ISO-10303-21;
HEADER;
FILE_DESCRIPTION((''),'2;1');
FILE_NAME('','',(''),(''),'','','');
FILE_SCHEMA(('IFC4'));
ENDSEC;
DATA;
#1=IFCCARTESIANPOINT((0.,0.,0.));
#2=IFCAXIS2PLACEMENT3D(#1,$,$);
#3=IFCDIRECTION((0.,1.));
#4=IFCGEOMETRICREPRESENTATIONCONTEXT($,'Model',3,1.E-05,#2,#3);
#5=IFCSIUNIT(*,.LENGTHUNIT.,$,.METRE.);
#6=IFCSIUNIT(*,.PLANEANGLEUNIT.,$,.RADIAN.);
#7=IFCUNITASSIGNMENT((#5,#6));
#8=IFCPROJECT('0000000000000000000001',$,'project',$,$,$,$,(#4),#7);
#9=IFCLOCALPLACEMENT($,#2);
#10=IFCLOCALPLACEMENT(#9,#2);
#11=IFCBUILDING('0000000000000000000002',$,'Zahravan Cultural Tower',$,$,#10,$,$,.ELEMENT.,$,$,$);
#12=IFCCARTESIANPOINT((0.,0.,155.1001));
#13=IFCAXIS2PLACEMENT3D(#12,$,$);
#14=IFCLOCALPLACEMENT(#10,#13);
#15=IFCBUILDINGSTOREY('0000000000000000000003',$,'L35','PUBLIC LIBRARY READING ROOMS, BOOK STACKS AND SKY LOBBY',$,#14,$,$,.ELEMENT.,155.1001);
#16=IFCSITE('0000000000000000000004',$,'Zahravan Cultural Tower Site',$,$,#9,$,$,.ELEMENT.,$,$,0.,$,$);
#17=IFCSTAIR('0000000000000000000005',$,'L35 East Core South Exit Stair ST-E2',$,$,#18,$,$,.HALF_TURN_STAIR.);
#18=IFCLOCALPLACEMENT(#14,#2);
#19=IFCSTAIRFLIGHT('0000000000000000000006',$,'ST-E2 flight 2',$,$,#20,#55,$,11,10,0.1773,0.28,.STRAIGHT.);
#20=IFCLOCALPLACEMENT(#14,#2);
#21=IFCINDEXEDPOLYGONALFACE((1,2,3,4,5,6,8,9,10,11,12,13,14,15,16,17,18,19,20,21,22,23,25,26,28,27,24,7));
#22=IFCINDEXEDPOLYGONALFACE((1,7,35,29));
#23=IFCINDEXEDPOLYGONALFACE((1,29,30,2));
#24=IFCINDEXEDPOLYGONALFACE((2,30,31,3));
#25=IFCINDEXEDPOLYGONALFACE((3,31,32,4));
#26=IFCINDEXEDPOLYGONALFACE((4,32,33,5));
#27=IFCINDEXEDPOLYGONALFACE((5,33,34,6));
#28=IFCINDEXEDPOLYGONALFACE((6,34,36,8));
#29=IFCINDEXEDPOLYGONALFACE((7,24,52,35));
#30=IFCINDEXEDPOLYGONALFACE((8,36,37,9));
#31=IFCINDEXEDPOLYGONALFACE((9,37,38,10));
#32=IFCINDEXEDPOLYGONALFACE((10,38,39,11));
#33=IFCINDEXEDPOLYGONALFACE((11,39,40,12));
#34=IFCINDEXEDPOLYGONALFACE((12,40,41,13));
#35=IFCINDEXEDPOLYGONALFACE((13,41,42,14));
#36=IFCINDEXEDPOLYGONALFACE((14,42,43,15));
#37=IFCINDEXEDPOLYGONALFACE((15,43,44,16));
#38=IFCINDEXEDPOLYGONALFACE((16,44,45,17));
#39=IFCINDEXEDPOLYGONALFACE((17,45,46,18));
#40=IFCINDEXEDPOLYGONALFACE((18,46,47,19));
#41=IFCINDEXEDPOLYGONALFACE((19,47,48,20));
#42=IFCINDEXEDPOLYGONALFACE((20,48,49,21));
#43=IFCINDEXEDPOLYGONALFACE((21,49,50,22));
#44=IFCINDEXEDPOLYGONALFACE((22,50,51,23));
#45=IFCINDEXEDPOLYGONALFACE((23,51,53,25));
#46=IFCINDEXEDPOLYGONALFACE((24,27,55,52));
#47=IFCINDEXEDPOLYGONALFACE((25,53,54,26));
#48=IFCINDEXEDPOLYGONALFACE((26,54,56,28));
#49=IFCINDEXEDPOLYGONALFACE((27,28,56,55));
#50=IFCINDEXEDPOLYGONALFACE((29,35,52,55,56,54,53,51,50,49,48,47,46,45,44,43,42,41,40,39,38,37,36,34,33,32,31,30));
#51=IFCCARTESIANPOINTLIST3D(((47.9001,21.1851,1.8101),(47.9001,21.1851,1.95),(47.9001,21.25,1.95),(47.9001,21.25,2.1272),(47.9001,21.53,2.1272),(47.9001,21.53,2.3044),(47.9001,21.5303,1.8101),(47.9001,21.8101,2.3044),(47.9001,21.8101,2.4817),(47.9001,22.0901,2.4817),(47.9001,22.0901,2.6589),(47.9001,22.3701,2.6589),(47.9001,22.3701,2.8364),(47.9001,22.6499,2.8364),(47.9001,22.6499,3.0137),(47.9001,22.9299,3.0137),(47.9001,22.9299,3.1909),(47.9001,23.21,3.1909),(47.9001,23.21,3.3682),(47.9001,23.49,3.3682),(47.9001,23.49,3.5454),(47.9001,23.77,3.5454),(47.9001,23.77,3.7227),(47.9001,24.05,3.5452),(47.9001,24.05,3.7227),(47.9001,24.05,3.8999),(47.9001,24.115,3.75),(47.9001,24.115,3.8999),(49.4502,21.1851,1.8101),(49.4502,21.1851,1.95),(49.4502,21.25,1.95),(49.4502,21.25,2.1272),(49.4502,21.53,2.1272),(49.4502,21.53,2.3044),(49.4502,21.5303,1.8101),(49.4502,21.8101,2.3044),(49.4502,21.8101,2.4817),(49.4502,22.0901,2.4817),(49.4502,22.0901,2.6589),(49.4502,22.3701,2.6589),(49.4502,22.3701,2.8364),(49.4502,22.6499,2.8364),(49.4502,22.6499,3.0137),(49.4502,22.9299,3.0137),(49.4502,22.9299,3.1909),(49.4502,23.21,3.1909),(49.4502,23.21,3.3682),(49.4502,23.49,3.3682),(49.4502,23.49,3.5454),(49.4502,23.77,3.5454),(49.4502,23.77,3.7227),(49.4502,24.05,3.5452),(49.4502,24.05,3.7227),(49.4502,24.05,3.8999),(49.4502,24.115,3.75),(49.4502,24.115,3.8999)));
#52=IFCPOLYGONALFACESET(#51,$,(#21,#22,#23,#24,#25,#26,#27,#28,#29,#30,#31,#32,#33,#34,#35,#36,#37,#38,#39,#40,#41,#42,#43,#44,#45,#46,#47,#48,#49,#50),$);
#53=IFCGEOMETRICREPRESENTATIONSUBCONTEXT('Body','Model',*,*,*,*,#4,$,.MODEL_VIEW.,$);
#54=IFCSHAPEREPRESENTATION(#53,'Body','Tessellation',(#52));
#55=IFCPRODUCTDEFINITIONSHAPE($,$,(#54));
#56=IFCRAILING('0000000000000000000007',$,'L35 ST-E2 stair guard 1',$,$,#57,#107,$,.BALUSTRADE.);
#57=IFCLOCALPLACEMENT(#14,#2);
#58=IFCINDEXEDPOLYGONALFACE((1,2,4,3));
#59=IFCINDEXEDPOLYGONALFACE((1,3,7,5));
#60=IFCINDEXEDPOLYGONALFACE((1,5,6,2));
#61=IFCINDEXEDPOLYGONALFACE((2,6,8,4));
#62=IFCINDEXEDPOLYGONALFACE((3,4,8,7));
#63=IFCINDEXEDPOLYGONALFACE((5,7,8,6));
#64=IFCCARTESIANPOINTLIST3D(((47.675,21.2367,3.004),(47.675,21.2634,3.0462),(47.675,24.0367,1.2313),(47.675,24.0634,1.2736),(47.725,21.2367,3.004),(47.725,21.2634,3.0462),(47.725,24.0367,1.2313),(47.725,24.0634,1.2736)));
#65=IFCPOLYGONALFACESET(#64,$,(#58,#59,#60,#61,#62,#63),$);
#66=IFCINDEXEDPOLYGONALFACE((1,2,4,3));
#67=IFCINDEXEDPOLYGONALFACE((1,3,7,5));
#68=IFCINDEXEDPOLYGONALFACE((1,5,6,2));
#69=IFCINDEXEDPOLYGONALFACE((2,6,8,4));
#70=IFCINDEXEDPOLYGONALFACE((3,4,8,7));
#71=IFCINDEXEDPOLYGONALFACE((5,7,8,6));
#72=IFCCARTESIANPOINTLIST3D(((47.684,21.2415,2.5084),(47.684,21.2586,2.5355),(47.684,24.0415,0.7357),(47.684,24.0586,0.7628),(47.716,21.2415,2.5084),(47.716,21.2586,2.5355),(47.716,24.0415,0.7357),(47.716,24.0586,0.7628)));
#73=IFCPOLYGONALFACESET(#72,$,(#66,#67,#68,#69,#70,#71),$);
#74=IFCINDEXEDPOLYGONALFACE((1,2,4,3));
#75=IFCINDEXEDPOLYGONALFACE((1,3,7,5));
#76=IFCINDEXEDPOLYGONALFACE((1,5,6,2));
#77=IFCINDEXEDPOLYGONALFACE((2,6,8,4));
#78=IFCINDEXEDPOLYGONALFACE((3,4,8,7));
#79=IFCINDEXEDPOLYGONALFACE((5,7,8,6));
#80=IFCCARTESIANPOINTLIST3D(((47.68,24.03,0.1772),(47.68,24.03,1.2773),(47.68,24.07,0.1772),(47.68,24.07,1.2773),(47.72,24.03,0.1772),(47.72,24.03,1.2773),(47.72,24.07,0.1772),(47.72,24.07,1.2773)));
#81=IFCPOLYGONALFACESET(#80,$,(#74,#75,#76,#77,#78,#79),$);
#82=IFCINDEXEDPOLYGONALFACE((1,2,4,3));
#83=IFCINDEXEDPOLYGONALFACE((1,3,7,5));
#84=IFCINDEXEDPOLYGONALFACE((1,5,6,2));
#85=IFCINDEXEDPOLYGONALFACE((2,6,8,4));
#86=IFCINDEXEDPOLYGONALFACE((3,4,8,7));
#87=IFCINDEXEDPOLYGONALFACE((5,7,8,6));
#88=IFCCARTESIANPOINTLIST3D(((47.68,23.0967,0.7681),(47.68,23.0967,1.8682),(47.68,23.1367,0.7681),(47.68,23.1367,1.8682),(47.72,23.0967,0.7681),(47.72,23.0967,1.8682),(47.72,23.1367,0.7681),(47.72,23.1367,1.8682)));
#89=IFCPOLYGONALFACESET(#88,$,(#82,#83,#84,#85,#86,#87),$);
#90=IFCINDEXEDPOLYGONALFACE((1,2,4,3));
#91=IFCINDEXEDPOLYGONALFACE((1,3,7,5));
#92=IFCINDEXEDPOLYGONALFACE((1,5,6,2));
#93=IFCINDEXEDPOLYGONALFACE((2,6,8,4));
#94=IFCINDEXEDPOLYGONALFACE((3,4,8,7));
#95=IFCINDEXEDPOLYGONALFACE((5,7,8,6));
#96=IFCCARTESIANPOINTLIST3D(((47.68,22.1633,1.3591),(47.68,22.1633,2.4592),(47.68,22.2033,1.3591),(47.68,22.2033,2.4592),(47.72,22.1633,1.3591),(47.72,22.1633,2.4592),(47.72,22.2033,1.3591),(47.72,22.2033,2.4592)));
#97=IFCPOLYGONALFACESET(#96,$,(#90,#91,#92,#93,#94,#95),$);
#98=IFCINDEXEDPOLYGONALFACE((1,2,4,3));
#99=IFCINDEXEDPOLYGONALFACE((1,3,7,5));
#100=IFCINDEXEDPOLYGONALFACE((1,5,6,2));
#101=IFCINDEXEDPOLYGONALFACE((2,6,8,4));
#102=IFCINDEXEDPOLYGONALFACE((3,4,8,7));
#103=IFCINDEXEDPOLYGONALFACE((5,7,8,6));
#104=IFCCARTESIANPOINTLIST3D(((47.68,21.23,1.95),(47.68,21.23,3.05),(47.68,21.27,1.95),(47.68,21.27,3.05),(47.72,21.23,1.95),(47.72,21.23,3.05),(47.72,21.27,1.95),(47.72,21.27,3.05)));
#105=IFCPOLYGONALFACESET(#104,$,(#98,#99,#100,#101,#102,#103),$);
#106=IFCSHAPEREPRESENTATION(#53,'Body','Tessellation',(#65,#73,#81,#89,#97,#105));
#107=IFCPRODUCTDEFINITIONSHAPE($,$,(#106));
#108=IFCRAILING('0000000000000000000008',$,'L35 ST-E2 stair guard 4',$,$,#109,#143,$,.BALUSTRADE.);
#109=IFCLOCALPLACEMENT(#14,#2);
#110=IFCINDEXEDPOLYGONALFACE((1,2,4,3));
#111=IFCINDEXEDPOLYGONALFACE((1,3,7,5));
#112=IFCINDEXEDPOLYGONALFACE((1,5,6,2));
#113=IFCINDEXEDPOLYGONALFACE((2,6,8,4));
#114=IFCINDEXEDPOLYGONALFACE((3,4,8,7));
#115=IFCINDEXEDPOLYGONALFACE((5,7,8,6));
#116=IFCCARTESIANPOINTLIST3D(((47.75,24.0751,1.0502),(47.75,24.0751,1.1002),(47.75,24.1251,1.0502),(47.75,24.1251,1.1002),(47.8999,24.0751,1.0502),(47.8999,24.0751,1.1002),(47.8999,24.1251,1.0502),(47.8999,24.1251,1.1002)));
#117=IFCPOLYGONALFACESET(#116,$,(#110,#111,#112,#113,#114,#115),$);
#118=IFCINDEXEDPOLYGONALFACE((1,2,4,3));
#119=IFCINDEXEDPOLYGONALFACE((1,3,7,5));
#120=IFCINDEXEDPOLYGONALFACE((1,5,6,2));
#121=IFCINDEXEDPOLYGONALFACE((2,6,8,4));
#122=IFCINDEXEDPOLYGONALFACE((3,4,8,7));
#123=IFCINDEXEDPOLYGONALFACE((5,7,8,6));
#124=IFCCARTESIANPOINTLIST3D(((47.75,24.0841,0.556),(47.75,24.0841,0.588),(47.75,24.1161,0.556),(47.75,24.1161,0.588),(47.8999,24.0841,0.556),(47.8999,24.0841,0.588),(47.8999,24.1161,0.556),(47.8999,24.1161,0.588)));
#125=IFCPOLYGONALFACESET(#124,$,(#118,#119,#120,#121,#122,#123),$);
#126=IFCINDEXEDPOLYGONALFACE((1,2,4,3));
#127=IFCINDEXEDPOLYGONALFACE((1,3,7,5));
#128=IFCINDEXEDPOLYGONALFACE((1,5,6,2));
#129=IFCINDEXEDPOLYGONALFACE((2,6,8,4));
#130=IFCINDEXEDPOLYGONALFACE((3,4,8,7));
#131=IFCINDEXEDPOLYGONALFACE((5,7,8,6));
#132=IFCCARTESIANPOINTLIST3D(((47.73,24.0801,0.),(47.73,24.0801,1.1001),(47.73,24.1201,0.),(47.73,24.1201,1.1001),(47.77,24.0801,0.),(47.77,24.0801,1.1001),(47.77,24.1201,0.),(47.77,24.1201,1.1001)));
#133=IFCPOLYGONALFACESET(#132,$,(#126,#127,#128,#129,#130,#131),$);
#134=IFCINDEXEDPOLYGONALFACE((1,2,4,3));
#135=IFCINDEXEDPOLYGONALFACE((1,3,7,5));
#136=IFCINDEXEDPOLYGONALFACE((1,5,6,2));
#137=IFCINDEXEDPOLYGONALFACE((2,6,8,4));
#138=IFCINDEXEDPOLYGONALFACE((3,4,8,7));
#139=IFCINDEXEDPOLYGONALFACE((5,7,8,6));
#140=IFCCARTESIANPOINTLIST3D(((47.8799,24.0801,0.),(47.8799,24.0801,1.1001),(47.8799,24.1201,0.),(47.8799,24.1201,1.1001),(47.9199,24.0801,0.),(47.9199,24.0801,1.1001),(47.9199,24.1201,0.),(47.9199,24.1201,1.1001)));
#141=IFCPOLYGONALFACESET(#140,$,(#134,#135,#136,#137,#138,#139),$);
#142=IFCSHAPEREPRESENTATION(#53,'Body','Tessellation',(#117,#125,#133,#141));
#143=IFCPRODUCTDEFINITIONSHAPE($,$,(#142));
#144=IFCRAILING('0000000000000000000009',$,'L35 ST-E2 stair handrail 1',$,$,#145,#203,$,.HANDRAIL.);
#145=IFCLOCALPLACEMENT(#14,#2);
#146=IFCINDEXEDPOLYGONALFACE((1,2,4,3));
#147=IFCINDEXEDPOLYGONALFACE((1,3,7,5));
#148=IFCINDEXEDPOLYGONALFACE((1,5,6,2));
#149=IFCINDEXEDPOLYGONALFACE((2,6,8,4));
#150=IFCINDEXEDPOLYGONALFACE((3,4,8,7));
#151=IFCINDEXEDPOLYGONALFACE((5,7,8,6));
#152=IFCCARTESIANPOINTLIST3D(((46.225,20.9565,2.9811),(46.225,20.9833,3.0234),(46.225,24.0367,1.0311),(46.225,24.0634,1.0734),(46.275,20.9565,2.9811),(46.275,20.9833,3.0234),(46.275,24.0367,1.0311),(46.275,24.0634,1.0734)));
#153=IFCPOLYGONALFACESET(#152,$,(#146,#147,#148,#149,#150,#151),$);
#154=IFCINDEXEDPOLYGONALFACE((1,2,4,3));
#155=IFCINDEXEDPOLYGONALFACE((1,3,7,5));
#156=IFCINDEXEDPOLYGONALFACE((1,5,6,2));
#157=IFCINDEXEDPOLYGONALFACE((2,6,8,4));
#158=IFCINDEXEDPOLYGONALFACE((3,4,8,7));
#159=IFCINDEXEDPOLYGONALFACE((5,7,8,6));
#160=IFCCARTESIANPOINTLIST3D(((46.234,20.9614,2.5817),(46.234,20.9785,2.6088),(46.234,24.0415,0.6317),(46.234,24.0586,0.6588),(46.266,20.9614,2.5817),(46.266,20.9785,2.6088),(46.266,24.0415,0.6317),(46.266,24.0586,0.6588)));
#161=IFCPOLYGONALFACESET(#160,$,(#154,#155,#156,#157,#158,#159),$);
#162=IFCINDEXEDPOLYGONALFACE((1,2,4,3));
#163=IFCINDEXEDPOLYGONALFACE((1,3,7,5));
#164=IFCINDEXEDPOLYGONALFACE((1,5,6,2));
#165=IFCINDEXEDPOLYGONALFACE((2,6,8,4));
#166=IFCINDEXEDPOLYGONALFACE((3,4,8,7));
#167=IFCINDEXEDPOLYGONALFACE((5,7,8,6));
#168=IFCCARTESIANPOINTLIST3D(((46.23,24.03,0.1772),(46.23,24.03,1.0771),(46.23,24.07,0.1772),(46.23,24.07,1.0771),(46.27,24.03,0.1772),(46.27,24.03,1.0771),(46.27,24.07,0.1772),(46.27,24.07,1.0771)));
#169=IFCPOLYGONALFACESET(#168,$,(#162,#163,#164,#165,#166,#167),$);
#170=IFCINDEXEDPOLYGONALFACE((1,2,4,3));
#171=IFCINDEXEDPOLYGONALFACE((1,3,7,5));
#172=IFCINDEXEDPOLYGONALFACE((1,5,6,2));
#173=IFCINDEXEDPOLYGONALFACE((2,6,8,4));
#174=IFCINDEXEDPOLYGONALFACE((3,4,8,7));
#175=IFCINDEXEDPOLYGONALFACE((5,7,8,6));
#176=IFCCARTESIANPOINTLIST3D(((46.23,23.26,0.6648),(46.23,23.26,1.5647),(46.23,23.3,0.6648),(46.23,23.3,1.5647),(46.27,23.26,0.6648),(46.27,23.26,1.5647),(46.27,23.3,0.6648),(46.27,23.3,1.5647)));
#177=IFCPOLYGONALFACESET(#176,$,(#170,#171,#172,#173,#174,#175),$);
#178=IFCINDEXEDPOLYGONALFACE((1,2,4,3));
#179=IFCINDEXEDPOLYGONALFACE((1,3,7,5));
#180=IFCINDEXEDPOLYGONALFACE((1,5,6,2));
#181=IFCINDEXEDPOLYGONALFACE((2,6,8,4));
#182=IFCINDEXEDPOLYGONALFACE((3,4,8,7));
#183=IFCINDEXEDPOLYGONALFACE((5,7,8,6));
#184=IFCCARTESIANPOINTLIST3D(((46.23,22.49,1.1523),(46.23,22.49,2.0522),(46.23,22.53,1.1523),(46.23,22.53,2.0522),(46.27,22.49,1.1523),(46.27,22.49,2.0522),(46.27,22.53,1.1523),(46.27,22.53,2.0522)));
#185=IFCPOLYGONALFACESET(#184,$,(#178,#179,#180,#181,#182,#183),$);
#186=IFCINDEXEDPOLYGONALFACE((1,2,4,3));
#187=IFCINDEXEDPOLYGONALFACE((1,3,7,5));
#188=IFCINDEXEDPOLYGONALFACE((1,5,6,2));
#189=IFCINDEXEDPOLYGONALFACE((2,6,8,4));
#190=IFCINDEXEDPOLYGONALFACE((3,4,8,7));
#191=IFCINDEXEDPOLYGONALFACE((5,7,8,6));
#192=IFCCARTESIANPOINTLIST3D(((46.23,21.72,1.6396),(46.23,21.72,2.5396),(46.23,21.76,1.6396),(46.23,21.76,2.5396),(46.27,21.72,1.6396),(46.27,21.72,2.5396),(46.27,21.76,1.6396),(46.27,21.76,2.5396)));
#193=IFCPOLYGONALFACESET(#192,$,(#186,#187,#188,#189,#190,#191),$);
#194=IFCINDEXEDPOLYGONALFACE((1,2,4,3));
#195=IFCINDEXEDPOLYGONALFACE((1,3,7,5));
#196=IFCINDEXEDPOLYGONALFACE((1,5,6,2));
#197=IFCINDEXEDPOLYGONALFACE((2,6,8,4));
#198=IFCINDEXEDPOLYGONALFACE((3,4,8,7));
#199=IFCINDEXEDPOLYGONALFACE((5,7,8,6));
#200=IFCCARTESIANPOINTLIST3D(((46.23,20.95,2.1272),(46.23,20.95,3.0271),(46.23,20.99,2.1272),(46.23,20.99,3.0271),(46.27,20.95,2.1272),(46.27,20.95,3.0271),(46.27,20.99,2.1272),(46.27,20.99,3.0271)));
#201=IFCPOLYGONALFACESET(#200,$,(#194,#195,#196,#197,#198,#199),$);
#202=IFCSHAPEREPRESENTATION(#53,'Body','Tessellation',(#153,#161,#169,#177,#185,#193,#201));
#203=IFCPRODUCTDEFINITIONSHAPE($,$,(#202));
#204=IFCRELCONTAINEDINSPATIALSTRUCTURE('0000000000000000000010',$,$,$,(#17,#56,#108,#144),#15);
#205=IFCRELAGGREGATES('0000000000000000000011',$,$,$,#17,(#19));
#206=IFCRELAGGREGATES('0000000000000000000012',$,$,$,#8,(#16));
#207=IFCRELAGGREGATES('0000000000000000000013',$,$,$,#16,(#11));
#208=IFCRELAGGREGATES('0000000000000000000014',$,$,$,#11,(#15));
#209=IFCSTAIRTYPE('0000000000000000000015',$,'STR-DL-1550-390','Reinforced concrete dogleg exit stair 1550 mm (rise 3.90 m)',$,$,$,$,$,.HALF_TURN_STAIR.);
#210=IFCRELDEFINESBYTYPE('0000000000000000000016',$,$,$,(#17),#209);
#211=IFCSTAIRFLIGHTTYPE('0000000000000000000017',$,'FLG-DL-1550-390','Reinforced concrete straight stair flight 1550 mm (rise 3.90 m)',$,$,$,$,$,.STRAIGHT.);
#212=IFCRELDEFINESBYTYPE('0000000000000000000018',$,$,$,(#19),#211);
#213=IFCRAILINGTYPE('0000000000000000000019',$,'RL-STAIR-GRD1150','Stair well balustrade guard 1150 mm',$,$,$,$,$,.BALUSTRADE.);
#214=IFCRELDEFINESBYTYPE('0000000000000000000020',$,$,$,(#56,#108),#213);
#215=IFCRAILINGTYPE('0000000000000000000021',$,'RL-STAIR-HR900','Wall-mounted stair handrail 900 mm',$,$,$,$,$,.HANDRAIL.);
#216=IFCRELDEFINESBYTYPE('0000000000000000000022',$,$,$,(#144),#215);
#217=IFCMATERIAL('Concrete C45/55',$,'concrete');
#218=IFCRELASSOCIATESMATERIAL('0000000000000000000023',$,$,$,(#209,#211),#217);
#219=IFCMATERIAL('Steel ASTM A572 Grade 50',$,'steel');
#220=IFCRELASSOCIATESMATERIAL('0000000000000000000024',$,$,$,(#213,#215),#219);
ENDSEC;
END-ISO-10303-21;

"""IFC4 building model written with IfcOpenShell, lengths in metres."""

from ifc_helpers import new_model, si_unit, direction, frame, origin, origin_2d, place, context, subcontext, project, spatial, polyline, rectangle, outline, extrude, material, type_object, element, aggregate, save


model = new_model("IFC4")

# Units and contexts
model_context = context("Model", 3, precision=1e-05, world=origin(), true_north=direction((0.0, 1.0)))
body_context = subcontext(model_context, "Body", "Model", "MODEL_VIEW")
ifc_project = project(units=[si_unit("LENGTHUNIT", "METRE"), si_unit("PLANEANGLEUNIT", "RADIAN")], contexts=[model_context])

# Site, building, storey
site_placement = place(None, origin())
site = spatial("IfcSite", under=ifc_project, at=site_placement, Name="Zahravan Cultural Tower Site", CompositionType="ELEMENT", RefElevation=0.0)
building_placement = place(site_placement, origin())
building = spatial("IfcBuilding", under=site, at=building_placement, Name="Zahravan Cultural Tower", CompositionType="ELEMENT")
storey_placement = place(building_placement, frame((0.0, 0.0, 155.1001)))
storey = spatial("IfcBuildingStorey", under=building, at=storey_placement, Name="L35", Description="PUBLIC LIBRARY READING ROOMS, BOOK STACKS AND SKY LOBBY", CompositionType="ELEMENT", Elevation=155.1001)

# Shared definitions
ifc_material_1 = material(Name="Concrete C45/55", Category="concrete")

# Stair, stair flight
stair_type = type_object("IfcStairType", Name="STR-DL-1550-390", Description="Reinforced concrete dogleg exit stair 1550 mm (rise 3.90 m)", PredefinedType="HALF_TURN_STAIR", material=ifc_material_1)
stair_placement = place(storey_placement, origin())
stair = element("IfcStair", 1, at=stair_placement, inside=storey, type_object=stair_type, Name="L35 East Core South Exit Stair ST-E2", PredefinedType="HALF_TURN_STAIR")
stair_flight_type = type_object("IfcStairFlightType", Name="FLG-DL-1550-390", Description="Reinforced concrete straight stair flight 1550 mm (rise 3.90 m)", PredefinedType="STRAIGHT", material=ifc_material_1)
stair_flight_1_placement = place(storey_placement, frame((48.675, 21.25, 1.95), z_axis=(0.0, 0.0, 1.0), x_axis=(0.0, 1.0, 0.0)))
stair_flight_1 = element("IfcStairFlight", 2, at=stair_flight_1_placement, type_object=stair_flight_type, Name="ST-E2 flight 2", NumberOfRisers=11, NumberOfTreads=10, PredefinedType="STRAIGHT", RiserHeight=0.1773, TreadLength=0.28, context=body_context, shape_type="SweptSolid", body=[
    extrude(outline(polyline([(-0.0649, -0.1399), (-0.0649, 0.0), (0.0, 0.0), (0.0, 0.1772), (0.28, 0.1772), (0.28, 0.3545), (0.5601, 0.3545), (0.5601, 0.5317), (0.8401, 0.5317), (0.8401, 0.709), (1.1201, 0.709), (1.1201, 0.8865), (1.3999, 0.8865), (1.3999, 1.0637), (1.6799, 1.0637), (1.6799, 1.241), (1.96, 1.241), (1.96, 1.4182), (2.24, 1.4182), (2.24, 1.5955), (2.52, 1.5955), (2.52, 1.7727), (2.8, 1.7727), (2.8, 1.95), (2.865, 1.95), (2.865, 1.8), (2.8, 1.5952), (0.2803, -0.1399), (-0.0649, -0.1399)])), frame((0.0, 0.7749, 0.0), z_axis=(0.0, -1.0, 0.0), x_axis=(1.0, 0.0, 0.0)), (0.0, 0.0, 1.0), 1.55),
])
aggregate(stair, [stair_flight_1])

# Railings
ifc_material_2 = material(Name="Steel ASTM A572 Grade 50", Category="steel")
railing_type_1 = type_object("IfcRailingType", Name="RL-STAIR-GRD1150", Description="Stair well balustrade guard 1150 mm", PredefinedType="BALUSTRADE", material=ifc_material_2)
railing_1_placement = place(storey_placement, frame((47.7, 24.05, 0.1772)))
element("IfcRailing", 3, at=railing_1_placement, inside=storey, type_object=railing_type_1, Name="L35 ST-E2 stair guard 1", PredefinedType="BALUSTRADE", context=body_context, shape_type="SweptSolid", body=[
    extrude(rectangle(XDim=0.05, YDim=0.05, at=origin_2d()), frame((0.0, 0.0, 1.0752), z_axis=(0.0, -0.844909, 0.53491), x_axis=(1.0, 0.0, 0.0)), (0.0, 0.0, 1.0), 3.314),
    extrude(rectangle(XDim=0.032, YDim=0.032, at=origin_2d()), frame((0.0, 0.0, 0.572), z_axis=(0.0, -0.844909, 0.53491), x_axis=(1.0, 0.0, 0.0)), (0.0, 0.0, 1.0), 3.314),
    extrude(rectangle(XDim=0.04, YDim=0.04, at=origin_2d()), origin(), (0.0, 0.0, 1.0), 1.1001),
    extrude(rectangle(XDim=0.04, YDim=0.04, at=origin_2d()), frame((0.0, -0.9333, 0.5908)), (0.0, 0.0, 1.0), 1.1001),
    extrude(rectangle(XDim=0.04, YDim=0.04, at=origin_2d()), frame((0.0, -1.8667, 1.1819)), (0.0, 0.0, 1.0), 1.1001),
    extrude(rectangle(XDim=0.04, YDim=0.04, at=origin_2d()), frame((0.0, -2.8, 1.7727)), (0.0, 0.0, 1.0), 1.1001),
])
railing_2_placement = place(storey_placement, frame((47.75, 24.1001, 0.0)))
element("IfcRailing", 4, at=railing_2_placement, inside=storey, type_object=railing_type_1, Name="L35 ST-E2 stair guard 4", PredefinedType="BALUSTRADE", context=body_context, shape_type="SweptSolid", body=[
    extrude(rectangle(XDim=0.05, YDim=0.05, at=origin_2d()), frame((0.0, 0.0, 1.0752), z_axis=(1.0, 0.0, 0.0), x_axis=(0.0, 1.0, 0.0)), (0.0, 0.0, 1.0), 0.1499),
    extrude(rectangle(XDim=0.032, YDim=0.032, at=origin_2d()), frame((0.0, 0.0, 0.572), z_axis=(1.0, 0.0, 0.0), x_axis=(0.0, 1.0, 0.0)), (0.0, 0.0, 1.0), 0.1499),
    extrude(rectangle(XDim=0.04, YDim=0.04, at=origin_2d()), origin(), (0.0, 0.0, 1.0), 1.1001),
    extrude(rectangle(XDim=0.04, YDim=0.04, at=origin_2d()), frame((0.1499, 0.0, 0.0)), (0.0, 0.0, 1.0), 1.1001),
])
railing_type_2 = type_object("IfcRailingType", Name="RL-STAIR-HR900", Description="Wall-mounted stair handrail 900 mm", PredefinedType="HANDRAIL", material=ifc_material_2)
railing_3_placement = place(storey_placement, frame((46.25, 24.05, 0.1772)))
element("IfcRailing", 5, at=railing_3_placement, inside=storey, type_object=railing_type_2, Name="L35 ST-E2 stair handrail 1", PredefinedType="HANDRAIL", context=body_context, shape_type="SweptSolid", body=[
    extrude(rectangle(XDim=0.05, YDim=0.05, at=origin_2d()), frame((0.0, 0.0, 0.875), z_axis=(0.0, -0.844914, 0.534902), x_axis=(1.0, 0.0, 0.0)), (0.0, 0.0, 1.0), 3.6455),
    extrude(rectangle(XDim=0.032, YDim=0.032, at=origin_2d()), frame((0.0, 0.0, 0.468), z_axis=(0.0, -0.844914, 0.534902), x_axis=(1.0, 0.0, 0.0)), (0.0, 0.0, 1.0), 3.6455),
    extrude(rectangle(XDim=0.04, YDim=0.04, at=origin_2d()), origin(), (0.0, 0.0, 1.0), 0.8999),
    extrude(rectangle(XDim=0.04, YDim=0.04, at=origin_2d()), frame((0.0, -0.77, 0.4875)), (0.0, 0.0, 1.0), 0.8999),
    extrude(rectangle(XDim=0.04, YDim=0.04, at=origin_2d()), frame((0.0, -1.54, 0.9751)), (0.0, 0.0, 1.0), 0.8999),
    extrude(rectangle(XDim=0.04, YDim=0.04, at=origin_2d()), frame((0.0, -2.3101, 1.4624)), (0.0, 0.0, 1.0), 0.8999),
    extrude(rectangle(XDim=0.04, YDim=0.04, at=origin_2d()), frame((0.0, -3.0801, 1.95)), (0.0, 0.0, 1.0), 0.8999),
])

save(model, "model.ifc")
